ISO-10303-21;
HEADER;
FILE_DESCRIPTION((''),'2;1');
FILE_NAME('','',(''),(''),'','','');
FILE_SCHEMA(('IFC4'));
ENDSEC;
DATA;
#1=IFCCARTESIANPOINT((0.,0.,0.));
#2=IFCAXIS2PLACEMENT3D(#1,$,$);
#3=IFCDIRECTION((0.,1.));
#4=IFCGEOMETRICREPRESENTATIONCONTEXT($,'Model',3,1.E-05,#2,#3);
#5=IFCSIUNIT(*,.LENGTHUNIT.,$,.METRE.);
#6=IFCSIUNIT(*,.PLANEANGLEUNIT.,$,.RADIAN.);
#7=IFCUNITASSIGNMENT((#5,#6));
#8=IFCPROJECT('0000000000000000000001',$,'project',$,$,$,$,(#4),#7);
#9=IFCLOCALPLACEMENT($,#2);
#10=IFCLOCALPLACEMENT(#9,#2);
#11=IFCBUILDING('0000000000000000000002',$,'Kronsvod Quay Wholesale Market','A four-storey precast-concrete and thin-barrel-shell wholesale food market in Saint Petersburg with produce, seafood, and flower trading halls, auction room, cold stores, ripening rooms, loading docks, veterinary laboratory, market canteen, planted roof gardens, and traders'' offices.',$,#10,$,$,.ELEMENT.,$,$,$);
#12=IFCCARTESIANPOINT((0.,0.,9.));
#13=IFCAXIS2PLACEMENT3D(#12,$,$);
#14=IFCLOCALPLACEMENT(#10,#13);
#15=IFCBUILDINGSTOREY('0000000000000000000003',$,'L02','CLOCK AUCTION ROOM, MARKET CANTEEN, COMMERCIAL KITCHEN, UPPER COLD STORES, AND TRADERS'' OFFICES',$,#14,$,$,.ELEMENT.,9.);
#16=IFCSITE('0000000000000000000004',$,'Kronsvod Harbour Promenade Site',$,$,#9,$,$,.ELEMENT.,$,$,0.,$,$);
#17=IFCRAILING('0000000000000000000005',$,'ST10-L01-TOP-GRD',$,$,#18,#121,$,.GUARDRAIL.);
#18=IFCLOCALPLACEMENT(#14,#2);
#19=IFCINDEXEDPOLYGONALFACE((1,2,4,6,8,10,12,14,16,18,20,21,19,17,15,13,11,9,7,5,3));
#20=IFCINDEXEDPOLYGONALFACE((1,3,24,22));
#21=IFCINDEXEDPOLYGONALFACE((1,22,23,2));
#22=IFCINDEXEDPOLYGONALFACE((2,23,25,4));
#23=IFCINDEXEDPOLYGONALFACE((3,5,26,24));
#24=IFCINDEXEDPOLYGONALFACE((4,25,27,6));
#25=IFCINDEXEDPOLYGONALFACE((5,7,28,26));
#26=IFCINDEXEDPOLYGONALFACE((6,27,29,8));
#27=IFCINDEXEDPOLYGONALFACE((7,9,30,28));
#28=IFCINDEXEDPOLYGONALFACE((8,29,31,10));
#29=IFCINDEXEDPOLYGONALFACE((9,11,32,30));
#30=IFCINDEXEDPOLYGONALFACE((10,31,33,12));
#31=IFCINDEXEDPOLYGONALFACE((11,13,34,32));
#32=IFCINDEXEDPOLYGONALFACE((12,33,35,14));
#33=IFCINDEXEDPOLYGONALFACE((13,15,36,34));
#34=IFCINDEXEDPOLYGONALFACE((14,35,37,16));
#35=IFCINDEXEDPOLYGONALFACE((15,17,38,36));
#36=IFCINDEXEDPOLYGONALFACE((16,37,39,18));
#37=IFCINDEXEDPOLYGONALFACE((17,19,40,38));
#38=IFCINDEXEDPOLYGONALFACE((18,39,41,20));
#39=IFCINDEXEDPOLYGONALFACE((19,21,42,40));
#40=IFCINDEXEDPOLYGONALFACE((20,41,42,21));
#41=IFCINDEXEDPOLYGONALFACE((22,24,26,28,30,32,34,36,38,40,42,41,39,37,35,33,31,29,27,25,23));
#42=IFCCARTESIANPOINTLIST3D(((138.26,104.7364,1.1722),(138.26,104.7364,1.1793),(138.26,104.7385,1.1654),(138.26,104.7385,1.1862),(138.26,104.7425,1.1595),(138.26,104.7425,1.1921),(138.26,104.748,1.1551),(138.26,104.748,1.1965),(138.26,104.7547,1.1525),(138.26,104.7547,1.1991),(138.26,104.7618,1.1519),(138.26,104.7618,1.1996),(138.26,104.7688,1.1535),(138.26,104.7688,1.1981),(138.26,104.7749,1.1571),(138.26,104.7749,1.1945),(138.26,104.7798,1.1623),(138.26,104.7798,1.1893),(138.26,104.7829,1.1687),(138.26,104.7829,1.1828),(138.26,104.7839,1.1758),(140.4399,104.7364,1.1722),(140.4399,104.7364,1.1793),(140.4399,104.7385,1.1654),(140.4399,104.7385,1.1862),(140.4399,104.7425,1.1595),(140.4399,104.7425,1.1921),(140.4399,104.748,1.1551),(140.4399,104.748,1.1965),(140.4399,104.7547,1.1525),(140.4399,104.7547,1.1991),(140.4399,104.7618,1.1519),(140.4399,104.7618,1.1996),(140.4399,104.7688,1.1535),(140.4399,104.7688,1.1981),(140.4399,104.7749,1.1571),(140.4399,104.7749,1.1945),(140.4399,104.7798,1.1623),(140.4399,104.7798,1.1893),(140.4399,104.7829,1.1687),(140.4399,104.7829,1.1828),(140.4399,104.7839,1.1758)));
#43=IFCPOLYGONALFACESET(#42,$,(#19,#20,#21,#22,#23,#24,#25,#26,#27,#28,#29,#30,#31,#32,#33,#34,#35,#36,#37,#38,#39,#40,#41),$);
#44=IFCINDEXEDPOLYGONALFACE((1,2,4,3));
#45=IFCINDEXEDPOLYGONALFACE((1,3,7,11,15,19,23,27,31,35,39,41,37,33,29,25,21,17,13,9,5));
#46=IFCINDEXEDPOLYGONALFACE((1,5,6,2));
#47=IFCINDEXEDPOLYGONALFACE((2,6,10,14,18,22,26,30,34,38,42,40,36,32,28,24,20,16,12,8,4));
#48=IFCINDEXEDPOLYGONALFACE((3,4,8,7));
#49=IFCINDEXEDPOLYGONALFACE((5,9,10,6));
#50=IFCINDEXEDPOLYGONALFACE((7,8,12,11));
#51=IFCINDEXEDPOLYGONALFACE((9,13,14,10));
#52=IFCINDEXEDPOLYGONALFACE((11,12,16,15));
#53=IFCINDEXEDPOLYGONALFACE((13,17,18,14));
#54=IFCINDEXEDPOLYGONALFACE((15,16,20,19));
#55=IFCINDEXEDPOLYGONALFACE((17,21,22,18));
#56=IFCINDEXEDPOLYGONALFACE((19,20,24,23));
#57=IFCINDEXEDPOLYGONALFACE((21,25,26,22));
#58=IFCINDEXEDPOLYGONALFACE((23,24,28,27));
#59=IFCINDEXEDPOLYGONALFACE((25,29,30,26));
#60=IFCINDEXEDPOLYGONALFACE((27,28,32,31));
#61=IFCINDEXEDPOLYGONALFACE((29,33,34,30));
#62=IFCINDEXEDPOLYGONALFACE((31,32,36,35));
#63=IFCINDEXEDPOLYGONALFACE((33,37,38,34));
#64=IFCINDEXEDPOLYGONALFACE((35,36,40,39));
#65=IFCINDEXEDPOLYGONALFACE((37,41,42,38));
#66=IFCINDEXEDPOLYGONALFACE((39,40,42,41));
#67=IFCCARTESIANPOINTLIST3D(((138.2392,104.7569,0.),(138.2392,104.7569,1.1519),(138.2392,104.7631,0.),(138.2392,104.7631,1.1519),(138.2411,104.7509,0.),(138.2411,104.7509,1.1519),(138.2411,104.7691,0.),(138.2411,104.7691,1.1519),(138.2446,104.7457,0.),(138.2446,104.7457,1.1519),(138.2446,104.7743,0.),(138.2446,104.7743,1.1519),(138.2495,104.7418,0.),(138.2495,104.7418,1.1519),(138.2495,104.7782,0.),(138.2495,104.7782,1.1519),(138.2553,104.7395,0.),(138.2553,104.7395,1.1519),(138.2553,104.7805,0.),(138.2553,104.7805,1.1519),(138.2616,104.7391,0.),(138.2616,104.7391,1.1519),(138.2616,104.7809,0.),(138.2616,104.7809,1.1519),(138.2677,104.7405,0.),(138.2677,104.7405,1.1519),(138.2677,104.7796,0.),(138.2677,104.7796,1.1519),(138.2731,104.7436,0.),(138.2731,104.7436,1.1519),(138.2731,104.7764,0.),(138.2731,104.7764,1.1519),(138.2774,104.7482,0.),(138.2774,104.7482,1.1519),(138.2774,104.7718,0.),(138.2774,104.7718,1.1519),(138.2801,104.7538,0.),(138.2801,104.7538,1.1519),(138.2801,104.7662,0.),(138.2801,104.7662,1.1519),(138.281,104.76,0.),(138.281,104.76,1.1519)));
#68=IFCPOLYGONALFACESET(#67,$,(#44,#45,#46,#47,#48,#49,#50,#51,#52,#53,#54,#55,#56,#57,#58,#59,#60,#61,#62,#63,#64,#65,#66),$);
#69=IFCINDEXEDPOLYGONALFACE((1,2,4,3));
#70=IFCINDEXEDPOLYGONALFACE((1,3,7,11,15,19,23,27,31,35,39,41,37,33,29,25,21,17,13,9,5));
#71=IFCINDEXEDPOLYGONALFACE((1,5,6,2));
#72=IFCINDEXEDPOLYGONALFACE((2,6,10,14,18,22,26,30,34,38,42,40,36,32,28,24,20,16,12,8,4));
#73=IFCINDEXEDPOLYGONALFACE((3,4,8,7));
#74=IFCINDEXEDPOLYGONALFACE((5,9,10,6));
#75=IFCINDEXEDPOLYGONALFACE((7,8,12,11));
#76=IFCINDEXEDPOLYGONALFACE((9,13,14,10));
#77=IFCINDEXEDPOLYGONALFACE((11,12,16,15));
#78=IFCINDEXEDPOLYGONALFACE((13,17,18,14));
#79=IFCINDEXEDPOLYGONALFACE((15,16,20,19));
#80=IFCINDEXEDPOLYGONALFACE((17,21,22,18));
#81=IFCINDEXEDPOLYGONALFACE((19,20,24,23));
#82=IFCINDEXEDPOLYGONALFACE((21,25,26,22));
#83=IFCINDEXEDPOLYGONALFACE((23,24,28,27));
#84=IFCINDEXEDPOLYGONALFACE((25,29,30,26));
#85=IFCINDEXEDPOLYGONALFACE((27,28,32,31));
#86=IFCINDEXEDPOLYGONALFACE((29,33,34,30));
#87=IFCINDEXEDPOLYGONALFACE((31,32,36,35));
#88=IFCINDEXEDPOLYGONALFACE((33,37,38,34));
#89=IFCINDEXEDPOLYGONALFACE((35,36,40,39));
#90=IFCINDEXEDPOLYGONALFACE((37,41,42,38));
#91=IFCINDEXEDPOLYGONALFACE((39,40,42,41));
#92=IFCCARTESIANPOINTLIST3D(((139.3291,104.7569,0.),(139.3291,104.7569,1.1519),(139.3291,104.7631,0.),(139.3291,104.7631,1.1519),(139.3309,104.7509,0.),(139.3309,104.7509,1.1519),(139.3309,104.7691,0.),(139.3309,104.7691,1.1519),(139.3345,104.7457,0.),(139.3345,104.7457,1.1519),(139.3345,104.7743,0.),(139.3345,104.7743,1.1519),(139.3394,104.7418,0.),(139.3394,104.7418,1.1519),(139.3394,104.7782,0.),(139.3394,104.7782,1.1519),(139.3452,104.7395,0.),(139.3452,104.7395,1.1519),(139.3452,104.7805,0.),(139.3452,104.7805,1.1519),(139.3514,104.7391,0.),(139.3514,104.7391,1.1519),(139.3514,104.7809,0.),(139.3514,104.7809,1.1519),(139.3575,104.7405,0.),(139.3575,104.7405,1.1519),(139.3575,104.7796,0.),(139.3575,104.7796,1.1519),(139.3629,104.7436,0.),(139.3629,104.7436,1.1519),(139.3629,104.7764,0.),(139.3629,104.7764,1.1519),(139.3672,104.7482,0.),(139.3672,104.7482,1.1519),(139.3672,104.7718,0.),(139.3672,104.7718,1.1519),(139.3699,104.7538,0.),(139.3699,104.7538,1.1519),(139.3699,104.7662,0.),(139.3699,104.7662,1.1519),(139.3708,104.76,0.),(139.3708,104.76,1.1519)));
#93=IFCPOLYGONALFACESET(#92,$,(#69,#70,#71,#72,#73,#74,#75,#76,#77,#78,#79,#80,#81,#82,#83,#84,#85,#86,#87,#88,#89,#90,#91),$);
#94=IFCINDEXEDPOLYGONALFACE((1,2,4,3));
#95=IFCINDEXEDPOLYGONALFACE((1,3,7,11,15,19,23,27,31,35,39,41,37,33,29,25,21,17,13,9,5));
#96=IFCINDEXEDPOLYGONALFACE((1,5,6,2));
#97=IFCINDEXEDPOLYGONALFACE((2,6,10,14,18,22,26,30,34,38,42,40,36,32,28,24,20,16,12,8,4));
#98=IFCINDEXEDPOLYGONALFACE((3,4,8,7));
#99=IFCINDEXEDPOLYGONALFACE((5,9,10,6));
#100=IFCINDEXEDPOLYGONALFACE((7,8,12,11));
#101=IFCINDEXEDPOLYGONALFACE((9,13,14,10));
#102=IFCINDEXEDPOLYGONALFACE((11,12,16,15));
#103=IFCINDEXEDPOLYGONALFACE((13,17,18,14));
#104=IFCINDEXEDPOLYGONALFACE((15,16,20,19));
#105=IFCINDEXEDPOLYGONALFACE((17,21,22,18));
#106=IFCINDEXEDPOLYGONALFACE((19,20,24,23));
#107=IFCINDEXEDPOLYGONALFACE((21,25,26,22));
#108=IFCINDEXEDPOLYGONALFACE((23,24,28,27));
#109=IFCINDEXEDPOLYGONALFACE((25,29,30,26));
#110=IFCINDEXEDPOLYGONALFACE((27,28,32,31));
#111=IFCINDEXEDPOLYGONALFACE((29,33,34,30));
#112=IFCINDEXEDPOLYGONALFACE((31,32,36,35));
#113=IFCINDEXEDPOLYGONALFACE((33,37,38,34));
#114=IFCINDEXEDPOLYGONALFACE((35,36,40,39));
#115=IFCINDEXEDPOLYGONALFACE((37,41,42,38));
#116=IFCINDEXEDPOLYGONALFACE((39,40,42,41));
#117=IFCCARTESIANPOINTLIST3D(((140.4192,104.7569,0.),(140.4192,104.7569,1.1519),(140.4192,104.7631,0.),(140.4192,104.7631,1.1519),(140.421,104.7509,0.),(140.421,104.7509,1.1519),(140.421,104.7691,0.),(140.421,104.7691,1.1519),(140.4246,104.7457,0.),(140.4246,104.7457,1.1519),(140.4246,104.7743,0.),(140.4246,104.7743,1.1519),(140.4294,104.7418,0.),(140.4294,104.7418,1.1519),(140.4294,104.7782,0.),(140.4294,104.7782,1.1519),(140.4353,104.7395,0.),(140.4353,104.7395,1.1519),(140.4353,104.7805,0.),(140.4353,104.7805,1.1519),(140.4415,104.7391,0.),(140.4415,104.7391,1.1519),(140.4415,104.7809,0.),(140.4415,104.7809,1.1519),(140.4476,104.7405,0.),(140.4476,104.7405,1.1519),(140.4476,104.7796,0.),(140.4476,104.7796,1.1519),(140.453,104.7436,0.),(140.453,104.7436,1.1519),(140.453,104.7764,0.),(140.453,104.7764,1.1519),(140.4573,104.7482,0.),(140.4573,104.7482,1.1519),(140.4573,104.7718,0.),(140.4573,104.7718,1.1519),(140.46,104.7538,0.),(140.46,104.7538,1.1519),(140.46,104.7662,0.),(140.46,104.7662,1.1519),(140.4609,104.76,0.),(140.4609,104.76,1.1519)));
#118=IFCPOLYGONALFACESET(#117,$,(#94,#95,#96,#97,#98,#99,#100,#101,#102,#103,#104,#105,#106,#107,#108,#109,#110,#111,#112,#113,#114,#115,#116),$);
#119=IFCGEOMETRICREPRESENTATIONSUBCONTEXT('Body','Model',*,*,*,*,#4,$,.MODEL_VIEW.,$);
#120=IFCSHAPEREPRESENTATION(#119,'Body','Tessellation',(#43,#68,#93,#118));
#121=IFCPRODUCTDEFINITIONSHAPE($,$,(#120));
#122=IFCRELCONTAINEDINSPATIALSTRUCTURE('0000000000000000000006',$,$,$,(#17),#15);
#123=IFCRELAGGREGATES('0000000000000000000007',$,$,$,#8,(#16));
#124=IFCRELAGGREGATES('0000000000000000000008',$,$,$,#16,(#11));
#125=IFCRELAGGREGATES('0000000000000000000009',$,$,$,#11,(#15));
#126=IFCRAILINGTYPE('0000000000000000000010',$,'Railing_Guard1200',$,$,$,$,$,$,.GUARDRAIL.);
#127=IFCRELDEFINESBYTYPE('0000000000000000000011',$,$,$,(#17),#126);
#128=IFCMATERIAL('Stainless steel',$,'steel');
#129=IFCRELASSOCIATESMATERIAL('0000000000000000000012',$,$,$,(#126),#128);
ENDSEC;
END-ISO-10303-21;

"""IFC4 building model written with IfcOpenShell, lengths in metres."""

from ifc_helpers import new_model, si_unit, direction, frame, origin, origin_2d, place, context, subcontext, project, spatial, circle, extrude, material, type_object, element, save


model = new_model("IFC4")

# Units and contexts
model_context = context("Model", 3, precision=1e-05, world=origin(), true_north=direction((0.0, 1.0)))
body_context = subcontext(model_context, "Body", "Model", "MODEL_VIEW")
ifc_project = project(units=[si_unit("LENGTHUNIT", "METRE"), si_unit("PLANEANGLEUNIT", "RADIAN")], contexts=[model_context])

# Site, building, storey
site_placement = place(None, origin())
site = spatial("IfcSite", under=ifc_project, at=site_placement, Name="Kronsvod Harbour Promenade Site", CompositionType="ELEMENT", RefElevation=0.0)
building_placement = place(site_placement, origin())
building = spatial("IfcBuilding", under=site, at=building_placement, Name="Kronsvod Quay Wholesale Market", Description="A four-storey precast-concrete and thin-barrel-shell wholesale food market in Saint Petersburg with produce, seafood, and flower trading halls, auction room, cold stores, ripening rooms, loading docks, veterinary laboratory, market canteen, planted roof gardens, and traders' offices.", CompositionType="ELEMENT")
storey_placement = place(building_placement, frame((0.0, 0.0, 9.0)))
storey = spatial("IfcBuildingStorey", under=building, at=storey_placement, Name="L02", Description="CLOCK AUCTION ROOM, MARKET CANTEEN, COMMERCIAL KITCHEN, UPPER COLD STORES, AND TRADERS' OFFICES", CompositionType="ELEMENT", Elevation=9.0)

# Railing
ifc_material_1 = material(Name="Stainless steel", Category="steel")
railing_type = type_object("IfcRailingType", Name="Railing_Guard1200", PredefinedType="GUARDRAIL", material=ifc_material_1)
railing_placement = place(storey_placement, frame((138.26, 104.76, 0.0)))
element("IfcRailing", 1, at=railing_placement, inside=storey, type_object=railing_type, Name="ST10-L01-TOP-GRD", PredefinedType="GUARDRAIL", context=body_context, shape_type="SweptSolid", body=[
    extrude(circle(Radius=0.0239, at=origin_2d()), frame((0.0, 0.0, 1.1758), z_axis=(1.0, 0.0, 0.0), x_axis=(0.0, 1.0, 0.0)), (0.0, 0.0, 1.0), 2.1799),
    extrude(circle(Radius=0.021, at=origin_2d()), origin(), (0.0, 0.0, 1.0), 1.1519),
    extrude(circle(Radius=0.021, at=origin_2d()), frame((1.0898, 0.0, 0.0)), (0.0, 0.0, 1.0), 1.1519),
    extrude(circle(Radius=0.021, at=origin_2d()), frame((2.1799, 0.0, 0.0)), (0.0, 0.0, 1.0), 1.1519),
])

save(model, "model.ifc")
